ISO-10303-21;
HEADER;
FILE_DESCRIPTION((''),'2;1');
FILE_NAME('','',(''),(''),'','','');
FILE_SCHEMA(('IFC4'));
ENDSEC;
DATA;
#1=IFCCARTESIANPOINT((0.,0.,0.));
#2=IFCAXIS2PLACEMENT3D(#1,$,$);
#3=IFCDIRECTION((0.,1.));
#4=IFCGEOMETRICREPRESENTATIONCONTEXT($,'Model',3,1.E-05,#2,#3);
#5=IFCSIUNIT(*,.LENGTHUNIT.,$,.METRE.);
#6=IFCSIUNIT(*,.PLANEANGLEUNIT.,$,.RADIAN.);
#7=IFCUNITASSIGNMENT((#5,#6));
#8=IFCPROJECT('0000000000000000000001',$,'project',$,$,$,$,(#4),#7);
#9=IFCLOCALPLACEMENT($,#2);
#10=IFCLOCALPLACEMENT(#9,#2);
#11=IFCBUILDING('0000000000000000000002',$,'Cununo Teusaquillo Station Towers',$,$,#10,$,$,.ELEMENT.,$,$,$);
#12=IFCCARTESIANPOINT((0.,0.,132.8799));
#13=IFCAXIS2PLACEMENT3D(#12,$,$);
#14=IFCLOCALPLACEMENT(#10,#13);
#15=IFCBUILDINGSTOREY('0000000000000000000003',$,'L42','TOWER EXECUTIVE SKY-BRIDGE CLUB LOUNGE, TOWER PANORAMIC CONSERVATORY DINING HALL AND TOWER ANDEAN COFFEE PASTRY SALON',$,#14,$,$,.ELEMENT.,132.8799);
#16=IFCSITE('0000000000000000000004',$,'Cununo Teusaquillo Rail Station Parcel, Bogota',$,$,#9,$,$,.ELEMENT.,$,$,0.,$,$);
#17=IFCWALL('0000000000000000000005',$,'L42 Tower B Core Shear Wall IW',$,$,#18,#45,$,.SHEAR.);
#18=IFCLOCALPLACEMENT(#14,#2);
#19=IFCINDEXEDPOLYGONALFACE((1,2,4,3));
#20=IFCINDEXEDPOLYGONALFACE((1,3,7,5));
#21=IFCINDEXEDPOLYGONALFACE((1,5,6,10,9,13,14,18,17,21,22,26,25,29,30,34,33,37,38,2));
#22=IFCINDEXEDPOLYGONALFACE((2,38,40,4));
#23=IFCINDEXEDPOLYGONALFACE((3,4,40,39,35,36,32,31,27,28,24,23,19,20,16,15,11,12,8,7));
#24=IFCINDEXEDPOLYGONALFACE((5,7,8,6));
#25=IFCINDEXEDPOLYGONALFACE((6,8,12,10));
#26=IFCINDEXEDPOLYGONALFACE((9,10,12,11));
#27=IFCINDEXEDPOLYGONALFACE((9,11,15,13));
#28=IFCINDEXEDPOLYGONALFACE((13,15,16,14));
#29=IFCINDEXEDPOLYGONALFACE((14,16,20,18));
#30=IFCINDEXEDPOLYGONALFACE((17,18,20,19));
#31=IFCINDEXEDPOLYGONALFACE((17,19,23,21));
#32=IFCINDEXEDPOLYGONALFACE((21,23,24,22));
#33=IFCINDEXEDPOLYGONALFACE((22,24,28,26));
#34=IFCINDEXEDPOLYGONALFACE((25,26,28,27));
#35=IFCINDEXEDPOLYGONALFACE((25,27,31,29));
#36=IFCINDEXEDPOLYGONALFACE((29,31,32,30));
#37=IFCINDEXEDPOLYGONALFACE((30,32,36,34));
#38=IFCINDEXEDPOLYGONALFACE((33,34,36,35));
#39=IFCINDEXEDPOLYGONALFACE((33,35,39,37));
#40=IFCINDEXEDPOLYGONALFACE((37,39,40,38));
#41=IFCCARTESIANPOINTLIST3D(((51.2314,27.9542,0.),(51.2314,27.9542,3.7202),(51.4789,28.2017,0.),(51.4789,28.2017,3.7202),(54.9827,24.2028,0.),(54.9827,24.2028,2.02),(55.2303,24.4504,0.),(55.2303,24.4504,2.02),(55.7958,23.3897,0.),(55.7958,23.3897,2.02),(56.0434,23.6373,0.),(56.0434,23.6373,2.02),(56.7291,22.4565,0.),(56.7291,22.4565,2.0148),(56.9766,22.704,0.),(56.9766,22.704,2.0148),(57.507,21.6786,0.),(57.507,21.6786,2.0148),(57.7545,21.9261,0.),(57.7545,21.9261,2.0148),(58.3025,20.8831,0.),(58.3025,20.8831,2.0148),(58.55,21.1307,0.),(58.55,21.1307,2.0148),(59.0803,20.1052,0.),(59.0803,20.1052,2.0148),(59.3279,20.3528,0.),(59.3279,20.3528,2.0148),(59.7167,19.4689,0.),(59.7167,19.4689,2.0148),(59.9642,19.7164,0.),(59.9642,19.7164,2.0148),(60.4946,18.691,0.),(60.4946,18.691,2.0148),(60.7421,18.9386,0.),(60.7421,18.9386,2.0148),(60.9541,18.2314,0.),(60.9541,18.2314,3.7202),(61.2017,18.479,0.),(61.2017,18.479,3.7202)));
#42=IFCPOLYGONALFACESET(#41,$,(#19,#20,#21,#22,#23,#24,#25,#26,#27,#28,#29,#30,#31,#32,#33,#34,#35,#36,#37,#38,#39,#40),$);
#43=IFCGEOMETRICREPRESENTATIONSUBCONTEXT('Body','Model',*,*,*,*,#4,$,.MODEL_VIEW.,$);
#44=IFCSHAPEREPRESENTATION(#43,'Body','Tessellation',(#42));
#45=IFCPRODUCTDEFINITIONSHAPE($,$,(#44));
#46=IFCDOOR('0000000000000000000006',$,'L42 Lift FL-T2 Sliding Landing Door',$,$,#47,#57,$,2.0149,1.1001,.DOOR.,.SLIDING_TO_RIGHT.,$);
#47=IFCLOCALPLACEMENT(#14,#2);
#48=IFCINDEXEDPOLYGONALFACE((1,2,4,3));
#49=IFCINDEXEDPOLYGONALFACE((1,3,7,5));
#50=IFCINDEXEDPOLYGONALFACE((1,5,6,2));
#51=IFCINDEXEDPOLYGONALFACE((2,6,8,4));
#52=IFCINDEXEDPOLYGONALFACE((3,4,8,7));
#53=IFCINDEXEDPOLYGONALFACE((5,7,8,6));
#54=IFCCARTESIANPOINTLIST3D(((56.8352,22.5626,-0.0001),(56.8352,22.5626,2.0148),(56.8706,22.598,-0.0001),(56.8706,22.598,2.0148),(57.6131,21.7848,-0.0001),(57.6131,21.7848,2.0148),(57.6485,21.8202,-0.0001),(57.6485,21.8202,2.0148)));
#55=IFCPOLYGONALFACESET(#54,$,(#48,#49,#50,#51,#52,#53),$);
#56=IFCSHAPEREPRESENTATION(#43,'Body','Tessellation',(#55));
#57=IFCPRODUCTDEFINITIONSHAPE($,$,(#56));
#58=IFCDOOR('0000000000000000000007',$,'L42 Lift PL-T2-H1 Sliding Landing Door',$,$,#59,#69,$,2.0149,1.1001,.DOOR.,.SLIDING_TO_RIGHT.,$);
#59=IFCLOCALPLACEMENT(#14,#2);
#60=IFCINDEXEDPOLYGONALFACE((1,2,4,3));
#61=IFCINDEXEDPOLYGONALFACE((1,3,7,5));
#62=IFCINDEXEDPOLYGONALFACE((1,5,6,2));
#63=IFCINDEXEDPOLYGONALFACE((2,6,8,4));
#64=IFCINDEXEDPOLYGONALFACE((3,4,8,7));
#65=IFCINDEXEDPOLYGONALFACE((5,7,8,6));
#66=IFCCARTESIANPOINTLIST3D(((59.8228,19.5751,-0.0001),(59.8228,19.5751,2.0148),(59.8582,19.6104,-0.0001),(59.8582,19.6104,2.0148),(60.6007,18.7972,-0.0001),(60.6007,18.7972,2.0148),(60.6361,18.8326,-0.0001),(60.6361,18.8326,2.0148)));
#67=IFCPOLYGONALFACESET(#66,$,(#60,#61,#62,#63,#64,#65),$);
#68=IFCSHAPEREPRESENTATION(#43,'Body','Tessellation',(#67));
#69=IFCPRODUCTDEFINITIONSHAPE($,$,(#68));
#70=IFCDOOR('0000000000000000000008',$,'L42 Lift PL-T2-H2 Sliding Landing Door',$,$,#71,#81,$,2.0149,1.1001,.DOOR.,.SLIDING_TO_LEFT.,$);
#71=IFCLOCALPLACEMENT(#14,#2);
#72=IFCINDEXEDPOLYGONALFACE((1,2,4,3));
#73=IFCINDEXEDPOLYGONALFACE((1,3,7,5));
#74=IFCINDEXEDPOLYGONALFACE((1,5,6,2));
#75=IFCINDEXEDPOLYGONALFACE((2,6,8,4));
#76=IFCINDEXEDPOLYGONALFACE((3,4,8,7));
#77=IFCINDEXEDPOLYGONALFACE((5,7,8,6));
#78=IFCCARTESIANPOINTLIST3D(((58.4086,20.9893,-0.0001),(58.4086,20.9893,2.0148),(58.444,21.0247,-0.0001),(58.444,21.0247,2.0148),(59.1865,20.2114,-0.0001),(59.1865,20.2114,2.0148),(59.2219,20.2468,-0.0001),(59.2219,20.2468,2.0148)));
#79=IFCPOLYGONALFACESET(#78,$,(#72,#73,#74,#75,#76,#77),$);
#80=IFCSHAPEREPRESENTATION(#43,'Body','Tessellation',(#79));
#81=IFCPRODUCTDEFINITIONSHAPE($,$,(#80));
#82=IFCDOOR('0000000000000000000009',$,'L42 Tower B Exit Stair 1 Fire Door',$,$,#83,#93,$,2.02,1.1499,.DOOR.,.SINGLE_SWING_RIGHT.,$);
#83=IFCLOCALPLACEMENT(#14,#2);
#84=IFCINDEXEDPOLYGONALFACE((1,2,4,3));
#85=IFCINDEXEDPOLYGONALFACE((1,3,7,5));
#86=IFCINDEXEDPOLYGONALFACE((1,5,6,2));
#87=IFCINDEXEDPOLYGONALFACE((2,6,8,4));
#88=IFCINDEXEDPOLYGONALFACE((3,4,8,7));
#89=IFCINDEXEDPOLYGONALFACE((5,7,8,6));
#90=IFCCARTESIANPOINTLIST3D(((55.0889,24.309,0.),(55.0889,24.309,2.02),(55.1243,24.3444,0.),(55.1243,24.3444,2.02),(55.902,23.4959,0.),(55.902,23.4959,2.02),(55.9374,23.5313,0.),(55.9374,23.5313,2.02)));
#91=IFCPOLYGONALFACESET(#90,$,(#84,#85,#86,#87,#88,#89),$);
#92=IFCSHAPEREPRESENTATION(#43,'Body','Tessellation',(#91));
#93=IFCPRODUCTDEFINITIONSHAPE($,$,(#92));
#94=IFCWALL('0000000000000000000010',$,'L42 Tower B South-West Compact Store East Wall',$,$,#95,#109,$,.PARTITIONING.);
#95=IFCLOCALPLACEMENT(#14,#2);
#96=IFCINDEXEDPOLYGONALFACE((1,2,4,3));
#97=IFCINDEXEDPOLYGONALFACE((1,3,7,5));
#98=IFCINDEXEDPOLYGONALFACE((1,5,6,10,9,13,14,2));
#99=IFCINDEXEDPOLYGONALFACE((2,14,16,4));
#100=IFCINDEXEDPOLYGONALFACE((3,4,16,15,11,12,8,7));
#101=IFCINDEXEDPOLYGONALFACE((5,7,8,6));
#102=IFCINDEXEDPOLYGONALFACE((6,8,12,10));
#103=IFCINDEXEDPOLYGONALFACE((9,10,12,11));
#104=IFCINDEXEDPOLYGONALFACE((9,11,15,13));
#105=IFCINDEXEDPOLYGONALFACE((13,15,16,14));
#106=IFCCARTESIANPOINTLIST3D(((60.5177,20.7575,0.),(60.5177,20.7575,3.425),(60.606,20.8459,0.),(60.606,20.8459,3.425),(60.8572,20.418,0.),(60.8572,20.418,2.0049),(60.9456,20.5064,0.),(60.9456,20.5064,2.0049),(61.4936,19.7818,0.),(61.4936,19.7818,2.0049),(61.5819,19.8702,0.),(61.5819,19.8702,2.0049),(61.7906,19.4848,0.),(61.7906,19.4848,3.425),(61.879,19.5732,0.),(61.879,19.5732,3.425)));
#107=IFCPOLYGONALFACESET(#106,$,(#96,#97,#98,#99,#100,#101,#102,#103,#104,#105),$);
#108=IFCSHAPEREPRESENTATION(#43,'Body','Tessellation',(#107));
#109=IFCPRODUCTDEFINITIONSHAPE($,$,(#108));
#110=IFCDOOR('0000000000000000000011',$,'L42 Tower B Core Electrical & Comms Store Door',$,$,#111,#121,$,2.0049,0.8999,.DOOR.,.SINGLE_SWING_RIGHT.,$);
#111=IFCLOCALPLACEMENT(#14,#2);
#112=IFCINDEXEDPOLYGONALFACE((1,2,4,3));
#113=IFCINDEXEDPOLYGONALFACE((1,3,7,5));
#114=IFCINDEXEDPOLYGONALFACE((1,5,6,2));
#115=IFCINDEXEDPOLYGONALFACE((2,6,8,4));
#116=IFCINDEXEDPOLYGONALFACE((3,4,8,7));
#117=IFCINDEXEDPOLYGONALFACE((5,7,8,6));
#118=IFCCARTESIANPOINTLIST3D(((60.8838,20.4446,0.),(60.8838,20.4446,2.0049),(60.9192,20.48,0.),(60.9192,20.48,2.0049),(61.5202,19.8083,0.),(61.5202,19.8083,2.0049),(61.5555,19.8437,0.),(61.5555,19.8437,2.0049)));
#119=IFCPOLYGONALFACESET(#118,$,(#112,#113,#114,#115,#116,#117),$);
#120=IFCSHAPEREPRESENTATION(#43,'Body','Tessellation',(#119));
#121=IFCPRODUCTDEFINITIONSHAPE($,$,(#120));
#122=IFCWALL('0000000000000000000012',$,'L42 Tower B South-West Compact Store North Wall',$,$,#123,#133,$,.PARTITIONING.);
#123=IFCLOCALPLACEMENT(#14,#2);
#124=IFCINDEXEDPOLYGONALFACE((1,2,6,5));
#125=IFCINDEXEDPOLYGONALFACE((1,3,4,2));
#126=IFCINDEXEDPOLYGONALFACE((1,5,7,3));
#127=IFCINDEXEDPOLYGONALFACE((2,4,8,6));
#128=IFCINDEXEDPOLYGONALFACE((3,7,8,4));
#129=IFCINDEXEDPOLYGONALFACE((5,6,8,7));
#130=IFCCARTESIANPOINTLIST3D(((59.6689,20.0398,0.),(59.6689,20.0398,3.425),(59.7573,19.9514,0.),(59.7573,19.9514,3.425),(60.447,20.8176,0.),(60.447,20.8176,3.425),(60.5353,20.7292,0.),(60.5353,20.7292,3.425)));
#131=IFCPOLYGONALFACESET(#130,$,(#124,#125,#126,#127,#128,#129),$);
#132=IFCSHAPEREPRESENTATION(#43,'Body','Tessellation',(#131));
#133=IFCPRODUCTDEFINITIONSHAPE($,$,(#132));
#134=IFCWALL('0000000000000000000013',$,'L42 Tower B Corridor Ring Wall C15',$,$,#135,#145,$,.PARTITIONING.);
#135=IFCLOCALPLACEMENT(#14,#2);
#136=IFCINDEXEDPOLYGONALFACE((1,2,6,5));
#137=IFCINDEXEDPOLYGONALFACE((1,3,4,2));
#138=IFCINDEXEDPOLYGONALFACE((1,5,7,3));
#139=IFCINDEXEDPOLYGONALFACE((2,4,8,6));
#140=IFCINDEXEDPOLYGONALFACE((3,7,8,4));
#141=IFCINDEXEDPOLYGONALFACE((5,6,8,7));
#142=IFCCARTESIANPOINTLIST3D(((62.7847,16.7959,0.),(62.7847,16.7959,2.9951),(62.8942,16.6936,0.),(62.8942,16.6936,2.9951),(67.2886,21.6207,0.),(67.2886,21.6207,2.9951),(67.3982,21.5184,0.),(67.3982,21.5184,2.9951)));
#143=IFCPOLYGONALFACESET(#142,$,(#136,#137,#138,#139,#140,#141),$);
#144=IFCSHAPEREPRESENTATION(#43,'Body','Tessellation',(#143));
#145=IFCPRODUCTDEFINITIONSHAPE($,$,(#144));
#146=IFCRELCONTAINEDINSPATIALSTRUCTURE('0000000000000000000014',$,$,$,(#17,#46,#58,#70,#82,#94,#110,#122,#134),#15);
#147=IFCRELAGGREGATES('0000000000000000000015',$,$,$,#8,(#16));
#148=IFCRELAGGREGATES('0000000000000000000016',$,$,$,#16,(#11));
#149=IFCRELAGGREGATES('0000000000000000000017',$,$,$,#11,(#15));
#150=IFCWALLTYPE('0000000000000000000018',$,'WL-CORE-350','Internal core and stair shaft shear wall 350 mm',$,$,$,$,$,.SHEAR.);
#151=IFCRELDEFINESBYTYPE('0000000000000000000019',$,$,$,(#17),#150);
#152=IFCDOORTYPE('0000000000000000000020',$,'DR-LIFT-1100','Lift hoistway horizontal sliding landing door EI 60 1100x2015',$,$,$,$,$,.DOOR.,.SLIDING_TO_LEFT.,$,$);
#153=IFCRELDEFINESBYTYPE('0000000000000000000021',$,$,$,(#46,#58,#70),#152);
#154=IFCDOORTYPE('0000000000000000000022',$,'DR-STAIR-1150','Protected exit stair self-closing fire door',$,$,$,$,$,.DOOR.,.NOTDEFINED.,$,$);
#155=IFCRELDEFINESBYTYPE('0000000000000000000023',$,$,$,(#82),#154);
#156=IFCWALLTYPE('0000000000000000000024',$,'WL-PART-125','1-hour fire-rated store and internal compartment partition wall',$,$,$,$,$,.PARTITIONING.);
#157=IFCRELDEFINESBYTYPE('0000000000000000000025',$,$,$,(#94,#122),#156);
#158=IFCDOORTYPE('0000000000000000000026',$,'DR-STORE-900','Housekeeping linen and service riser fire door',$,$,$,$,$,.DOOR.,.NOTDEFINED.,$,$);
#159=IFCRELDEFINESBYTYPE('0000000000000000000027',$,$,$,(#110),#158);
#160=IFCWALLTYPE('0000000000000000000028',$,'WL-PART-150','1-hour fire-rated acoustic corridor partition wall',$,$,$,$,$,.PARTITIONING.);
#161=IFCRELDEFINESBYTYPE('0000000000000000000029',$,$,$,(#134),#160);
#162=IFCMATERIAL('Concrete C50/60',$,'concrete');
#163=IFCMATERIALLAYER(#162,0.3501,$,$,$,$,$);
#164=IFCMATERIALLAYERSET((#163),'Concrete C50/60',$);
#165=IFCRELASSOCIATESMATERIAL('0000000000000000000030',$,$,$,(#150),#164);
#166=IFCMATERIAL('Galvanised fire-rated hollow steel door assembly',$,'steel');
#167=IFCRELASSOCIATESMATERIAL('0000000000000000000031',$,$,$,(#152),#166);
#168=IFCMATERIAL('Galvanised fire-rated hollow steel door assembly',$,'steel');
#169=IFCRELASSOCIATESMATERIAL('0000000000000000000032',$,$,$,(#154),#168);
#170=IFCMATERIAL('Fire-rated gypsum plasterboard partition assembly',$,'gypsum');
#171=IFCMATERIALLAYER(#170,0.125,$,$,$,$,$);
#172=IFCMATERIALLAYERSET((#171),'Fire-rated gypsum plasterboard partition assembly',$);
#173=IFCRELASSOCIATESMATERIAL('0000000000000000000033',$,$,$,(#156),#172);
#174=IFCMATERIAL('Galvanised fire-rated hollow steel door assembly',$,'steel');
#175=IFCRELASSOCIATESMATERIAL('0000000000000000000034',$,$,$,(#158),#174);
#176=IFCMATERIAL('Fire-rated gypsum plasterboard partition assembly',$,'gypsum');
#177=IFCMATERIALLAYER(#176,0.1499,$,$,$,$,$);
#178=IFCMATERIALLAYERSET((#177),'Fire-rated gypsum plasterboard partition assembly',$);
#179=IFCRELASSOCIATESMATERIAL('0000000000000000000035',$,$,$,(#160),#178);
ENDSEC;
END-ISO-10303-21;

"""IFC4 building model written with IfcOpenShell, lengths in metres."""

from ifc_helpers import new_model, si_unit, direction, frame, frame_2d, origin, place, context, subcontext, project, spatial, rectangle, extrude, source, transform, mapped, material, layer, layer_set, type_object, element, fill, save


model = new_model("IFC4")

# Units and contexts
model_context = context("Model", 3, precision=1e-05, world=origin(), true_north=direction((0.0, 1.0)))
body_context = subcontext(model_context, "Body", "Model", "MODEL_VIEW")
ifc_project = project(units=[si_unit("LENGTHUNIT", "METRE"), si_unit("PLANEANGLEUNIT", "RADIAN")], contexts=[model_context])

# Site, building, storey
site_placement = place(None, origin())
site = spatial("IfcSite", under=ifc_project, at=site_placement, Name="Cununo Teusaquillo Rail Station Parcel, Bogota", CompositionType="ELEMENT", RefElevation=0.0)
building_placement = place(site_placement, origin())
building = spatial("IfcBuilding", under=site, at=building_placement, Name="Cununo Teusaquillo Station Towers", CompositionType="ELEMENT")
storey_placement = place(building_placement, frame((0.0, 0.0, 132.8799)))
storey = spatial("IfcBuildingStorey", under=building, at=storey_placement, Name="L42", Description="TOWER EXECUTIVE SKY-BRIDGE CLUB LOUNGE, TOWER PANORAMIC CONSERVATORY DINING HALL AND TOWER ANDEAN COFFEE PASTRY SALON", CompositionType="ELEMENT", Elevation=132.8799)

# Wall, openings, doors
ifc_material_1 = material(Name="Concrete C50/60", Category="concrete")
ifc_layer_1 = layer(ifc_material_1, 0.3501)
ifc_layer_set_1 = layer_set([ifc_layer_1], Name="Concrete C50/60")
wall_type_1 = type_object("IfcWallType", Name="WL-CORE-350", Description="Internal core and stair shaft shear wall 350 mm", PredefinedType="SHEAR", material=ifc_layer_set_1)
wall_1_placement = place(storey_placement, frame((61.0779, 18.3552, 0.0), z_axis=(0.0, 0.0, 1.0), x_axis=(-0.707107, 0.707107, 0.0)))
wall_1 = element("IfcWall", 1, at=wall_1_placement, inside=storey, type_object=wall_type_1, Name="L42 Tower B Core Shear Wall IW", PredefinedType="SHEAR", context=body_context, shape_type="SweptSolid", body=[
    extrude(rectangle(XDim=13.75, YDim=0.3501, at=frame_2d((6.875, 0.0))), origin(), (0.0, 0.0, 1.0), 3.7202),
])
shared_shape_1 = source(origin(), body_context, "Body", "SweptSolid", [
    extrude(rectangle(XDim=1.1001, YDim=2.0149, at=frame_2d((0.55, 1.0073))), frame((0.0, 0.1851, 0.0), z_axis=(0.0, -1.0, 0.0), x_axis=(1.0, 0.0, 0.0)), (0.0, 0.0, 1.0), 0.3701),
])
opening_1_placement = place(wall_1_placement, frame((4.875, 0.0, 0.0)))
opening_1 = element("IfcOpeningElement", 2, at=opening_1_placement, cuts=wall_1, PredefinedType="OPENING", context=body_context, shape_type="MappedRepresentation", body=[
    mapped(shared_shape_1, transform((0.0, 0.0, 0.0), x_axis=(1.0, 0.0, 0.0), y_axis=(0.0, 1.0, 0.0), z_axis=(0.0, 0.0, 1.0), scale=1.0)),
])
opening_2_placement = place(wall_1_placement, frame((0.6499, 0.0, 0.0)))
opening_2 = element("IfcOpeningElement", 3, at=opening_2_placement, cuts=wall_1, PredefinedType="OPENING", context=body_context, shape_type="MappedRepresentation", body=[
    mapped(shared_shape_1, transform((0.0, 0.0, 0.0), x_axis=(1.0, 0.0, 0.0), y_axis=(0.0, 1.0, 0.0), z_axis=(0.0, 0.0, 1.0), scale=1.0)),
])
opening_3_placement = place(wall_1_placement, frame((2.6499, 0.0, 0.0)))
opening_3 = element("IfcOpeningElement", 4, at=opening_3_placement, cuts=wall_1, PredefinedType="OPENING", context=body_context, shape_type="MappedRepresentation", body=[
    mapped(shared_shape_1, transform((0.0, 0.0, 0.0), x_axis=(1.0, 0.0, 0.0), y_axis=(0.0, 1.0, 0.0), z_axis=(0.0, 0.0, 1.0), scale=1.0)),
])
shared_shape_2 = source(origin(), body_context, "Body", "SweptSolid", [
    extrude(rectangle(XDim=1.1499, YDim=2.02, at=frame_2d((0.575, 1.01))), frame((0.0, 0.1851, 0.0), z_axis=(0.0, -1.0, 0.0), x_axis=(1.0, 0.0, 0.0)), (0.0, 0.0, 1.0), 0.3701),
])
opening_4_placement = place(wall_1_placement, frame((7.2949, 0.0, 0.0)))
opening_4 = element("IfcOpeningElement", 5, at=opening_4_placement, cuts=wall_1, PredefinedType="OPENING", context=body_context, shape_type="MappedRepresentation", body=[
    mapped(shared_shape_2, transform((0.0, 0.0, 0.0), x_axis=(1.0, 0.0, 0.0), y_axis=(0.0, 1.0, 0.0), z_axis=(0.0, 0.0, 1.0), scale=1.0)),
])
ifc_material_2 = material(Name="Galvanised fire-rated hollow steel door assembly", Category="steel")
door_type_1 = type_object("IfcDoorType", Name="DR-LIFT-1100", Description="Lift hoistway horizontal sliding landing door EI 60 1100x2015", OperationType="SLIDING_TO_LEFT", PredefinedType="DOOR", material=ifc_material_2)
shared_shape_3 = source(origin(), body_context, "Body", "SweptSolid", [
    extrude(rectangle(XDim=1.1001, YDim=2.0149, at=frame_2d((0.55, 1.0073))), frame((0.0, 0.0249, 0.0), z_axis=(0.0, -1.0, 0.0), x_axis=(1.0, 0.0, 0.0)), (0.0, 0.0, 1.0), 0.05),
])
door_1_placement = place(opening_1_placement, origin())
door_1 = element("IfcDoor", 6, at=door_1_placement, inside=storey, type_object=door_type_1, Name="L42 Lift FL-T2 Sliding Landing Door", OperationType="SLIDING_TO_RIGHT", OverallHeight=2.0149, OverallWidth=1.1001, PredefinedType="DOOR", context=body_context, shape_type="MappedRepresentation", body=[
    mapped(shared_shape_3, transform((0.0, 0.0, 0.0), x_axis=(1.0, 0.0, 0.0), y_axis=(0.0, 1.0, 0.0), z_axis=(0.0, 0.0, 1.0), scale=1.0)),
])
fill(opening_1, door_1)
door_2_placement = place(opening_2_placement, origin())
door_2 = element("IfcDoor", 7, at=door_2_placement, inside=storey, type_object=door_type_1, Name="L42 Lift PL-T2-H1 Sliding Landing Door", OperationType="SLIDING_TO_RIGHT", OverallHeight=2.0149, OverallWidth=1.1001, PredefinedType="DOOR", context=body_context, shape_type="MappedRepresentation", body=[
    mapped(shared_shape_3, transform((0.0, 0.0, 0.0), x_axis=(1.0, 0.0, 0.0), y_axis=(0.0, 1.0, 0.0), z_axis=(0.0, 0.0, 1.0), scale=1.0)),
])
fill(opening_2, door_2)
door_3_placement = place(opening_3_placement, origin())
door_3 = element("IfcDoor", 8, at=door_3_placement, inside=storey, type_object=door_type_1, Name="L42 Lift PL-T2-H2 Sliding Landing Door", OperationType="SLIDING_TO_LEFT", OverallHeight=2.0149, OverallWidth=1.1001, PredefinedType="DOOR", context=body_context, shape_type="MappedRepresentation", body=[
    mapped(shared_shape_3, transform((0.0, 0.0, 0.0), x_axis=(1.0, 0.0, 0.0), y_axis=(0.0, 1.0, 0.0), z_axis=(0.0, 0.0, 1.0), scale=1.0)),
])
fill(opening_3, door_3)
ifc_material_3 = material(Name="Galvanised fire-rated hollow steel door assembly", Category="steel")
door_type_2 = type_object("IfcDoorType", Name="DR-STAIR-1150", Description="Protected exit stair self-closing fire door", OperationType="NOTDEFINED", PredefinedType="DOOR", material=ifc_material_3)
shared_shape_4 = source(origin(), body_context, "Body", "SweptSolid", [
    extrude(rectangle(XDim=1.1499, YDim=2.02, at=frame_2d((0.575, 1.01))), frame((0.0, 0.0249, 0.0), z_axis=(0.0, -1.0, 0.0), x_axis=(1.0, 0.0, 0.0)), (0.0, 0.0, 1.0), 0.05),
])
door_4_placement = place(opening_4_placement, origin())
door_4 = element("IfcDoor", 9, at=door_4_placement, inside=storey, type_object=door_type_2, Name="L42 Tower B Exit Stair 1 Fire Door", OperationType="SINGLE_SWING_RIGHT", OverallHeight=2.02, OverallWidth=1.1499, PredefinedType="DOOR", context=body_context, shape_type="MappedRepresentation", body=[
    mapped(shared_shape_4, transform((0.0, 0.0, 0.0), x_axis=(1.0, 0.0, 0.0), y_axis=(0.0, 1.0, 0.0), z_axis=(0.0, 0.0, 1.0), scale=1.0)),
])
fill(opening_4, door_4)

# Wall, opening, door
ifc_material_4 = material(Name="Fire-rated gypsum plasterboard partition assembly", Category="gypsum")
ifc_layer_2 = layer(ifc_material_4, 0.125)
ifc_layer_set_2 = layer_set([ifc_layer_2], Name="Fire-rated gypsum plasterboard partition assembly")
wall_type_2 = type_object("IfcWallType", Name="WL-PART-125", Description="1-hour fire-rated store and internal compartment partition wall", PredefinedType="PARTITIONING", material=ifc_layer_set_2)
wall_2_placement = place(storey_placement, frame((61.8347, 19.5291, 0.0), z_axis=(0.0, 0.0, 1.0), x_axis=(-0.707175, 0.707039, 0.0)))
wall_2 = element("IfcWall", 10, at=wall_2_placement, inside=storey, type_object=wall_type_2, Name="L42 Tower B South-West Compact Store East Wall", PredefinedType="PARTITIONING", context=body_context, shape_type="SweptSolid", body=[
    extrude(rectangle(XDim=1.8, YDim=0.125, at=frame_2d((0.8999, 0.0))), origin(), (0.0, 0.0, 1.0), 3.425),
])
shared_shape_5 = source(origin(), body_context, "Body", "SweptSolid", [
    extrude(rectangle(XDim=0.8999, YDim=2.0049, at=frame_2d((0.45, 1.0024))), frame((0.0, 0.0725, 0.0), z_axis=(0.0, -1.0, 0.0), x_axis=(1.0, 0.0, 0.0)), (0.0, 0.0, 1.0), 0.145),
])
opening_5_placement = place(wall_2_placement, frame((0.4199, 0.0, 0.0)))
opening_5 = element("IfcOpeningElement", 11, at=opening_5_placement, cuts=wall_2, PredefinedType="OPENING", context=body_context, shape_type="MappedRepresentation", body=[
    mapped(shared_shape_5, transform((0.0, 0.0, 0.0), x_axis=(1.0, 0.0, 0.0), y_axis=(0.0, 1.0, 0.0), z_axis=(0.0, 0.0, 1.0), scale=1.0)),
])
ifc_material_5 = material(Name="Galvanised fire-rated hollow steel door assembly", Category="steel")
door_type_3 = type_object("IfcDoorType", Name="DR-STORE-900", Description="Housekeeping linen and service riser fire door", OperationType="NOTDEFINED", PredefinedType="DOOR", material=ifc_material_5)
shared_shape_6 = source(origin(), body_context, "Body", "SweptSolid", [
    extrude(rectangle(XDim=0.8999, YDim=2.0049, at=frame_2d((0.45, 1.0024))), frame((0.0, 0.0249, 0.0), z_axis=(0.0, -1.0, 0.0), x_axis=(1.0, 0.0, 0.0)), (0.0, 0.0, 1.0), 0.05),
])
door_5_placement = place(opening_5_placement, origin())
door_5 = element("IfcDoor", 12, at=door_5_placement, inside=storey, type_object=door_type_3, Name="L42 Tower B Core Electrical & Comms Store Door", OperationType="SINGLE_SWING_RIGHT", OverallHeight=2.0049, OverallWidth=0.8999, PredefinedType="DOOR", context=body_context, shape_type="MappedRepresentation", body=[
    mapped(shared_shape_6, transform((0.0, 0.0, 0.0), x_axis=(1.0, 0.0, 0.0), y_axis=(0.0, 1.0, 0.0), z_axis=(0.0, 0.0, 1.0), scale=1.0)),
])
fill(opening_5, door_5)

# Walls
wall_3_placement = place(storey_placement, frame((59.7131, 19.9956, 0.0), z_axis=(0.0, 0.0, 1.0), x_axis=(0.707218, 0.706996, 0.0)))
element("IfcWall", 13, at=wall_3_placement, inside=storey, type_object=wall_type_2, Name="L42 Tower B South-West Compact Store North Wall", PredefinedType="PARTITIONING", context=body_context, shape_type="SweptSolid", body=[
    extrude(rectangle(XDim=1.1001, YDim=0.125, at=frame_2d((0.55, 0.0))), origin(), (0.0, 0.0, 1.0), 3.425),
])
ifc_material_6 = material(Name="Fire-rated gypsum plasterboard partition assembly", Category="gypsum")
ifc_layer_3 = layer(ifc_material_6, 0.1499)
ifc_layer_set_3 = layer_set([ifc_layer_3], Name="Fire-rated gypsum plasterboard partition assembly")
wall_type_3 = type_object("IfcWallType", Name="WL-PART-150", Description="1-hour fire-rated acoustic corridor partition wall", PredefinedType="PARTITIONING", material=ifc_layer_set_3)
wall_4_placement = place(storey_placement, frame((62.8394, 16.7446, 0.0), z_axis=(0.0, 0.0, 1.0), x_axis=(0.682387, 0.730991, 0.0)))
element("IfcWall", 14, at=wall_4_placement, inside=storey, type_object=wall_type_3, Name="L42 Tower B Corridor Ring Wall C15", PredefinedType="PARTITIONING", context=body_context, shape_type="SweptSolid", body=[
    extrude(rectangle(XDim=6.6003, YDim=0.1499, at=frame_2d((3.3003, 0.0))), origin(), (0.0, 0.0, 1.0), 2.9951),
])

save(model, "model.ifc")
